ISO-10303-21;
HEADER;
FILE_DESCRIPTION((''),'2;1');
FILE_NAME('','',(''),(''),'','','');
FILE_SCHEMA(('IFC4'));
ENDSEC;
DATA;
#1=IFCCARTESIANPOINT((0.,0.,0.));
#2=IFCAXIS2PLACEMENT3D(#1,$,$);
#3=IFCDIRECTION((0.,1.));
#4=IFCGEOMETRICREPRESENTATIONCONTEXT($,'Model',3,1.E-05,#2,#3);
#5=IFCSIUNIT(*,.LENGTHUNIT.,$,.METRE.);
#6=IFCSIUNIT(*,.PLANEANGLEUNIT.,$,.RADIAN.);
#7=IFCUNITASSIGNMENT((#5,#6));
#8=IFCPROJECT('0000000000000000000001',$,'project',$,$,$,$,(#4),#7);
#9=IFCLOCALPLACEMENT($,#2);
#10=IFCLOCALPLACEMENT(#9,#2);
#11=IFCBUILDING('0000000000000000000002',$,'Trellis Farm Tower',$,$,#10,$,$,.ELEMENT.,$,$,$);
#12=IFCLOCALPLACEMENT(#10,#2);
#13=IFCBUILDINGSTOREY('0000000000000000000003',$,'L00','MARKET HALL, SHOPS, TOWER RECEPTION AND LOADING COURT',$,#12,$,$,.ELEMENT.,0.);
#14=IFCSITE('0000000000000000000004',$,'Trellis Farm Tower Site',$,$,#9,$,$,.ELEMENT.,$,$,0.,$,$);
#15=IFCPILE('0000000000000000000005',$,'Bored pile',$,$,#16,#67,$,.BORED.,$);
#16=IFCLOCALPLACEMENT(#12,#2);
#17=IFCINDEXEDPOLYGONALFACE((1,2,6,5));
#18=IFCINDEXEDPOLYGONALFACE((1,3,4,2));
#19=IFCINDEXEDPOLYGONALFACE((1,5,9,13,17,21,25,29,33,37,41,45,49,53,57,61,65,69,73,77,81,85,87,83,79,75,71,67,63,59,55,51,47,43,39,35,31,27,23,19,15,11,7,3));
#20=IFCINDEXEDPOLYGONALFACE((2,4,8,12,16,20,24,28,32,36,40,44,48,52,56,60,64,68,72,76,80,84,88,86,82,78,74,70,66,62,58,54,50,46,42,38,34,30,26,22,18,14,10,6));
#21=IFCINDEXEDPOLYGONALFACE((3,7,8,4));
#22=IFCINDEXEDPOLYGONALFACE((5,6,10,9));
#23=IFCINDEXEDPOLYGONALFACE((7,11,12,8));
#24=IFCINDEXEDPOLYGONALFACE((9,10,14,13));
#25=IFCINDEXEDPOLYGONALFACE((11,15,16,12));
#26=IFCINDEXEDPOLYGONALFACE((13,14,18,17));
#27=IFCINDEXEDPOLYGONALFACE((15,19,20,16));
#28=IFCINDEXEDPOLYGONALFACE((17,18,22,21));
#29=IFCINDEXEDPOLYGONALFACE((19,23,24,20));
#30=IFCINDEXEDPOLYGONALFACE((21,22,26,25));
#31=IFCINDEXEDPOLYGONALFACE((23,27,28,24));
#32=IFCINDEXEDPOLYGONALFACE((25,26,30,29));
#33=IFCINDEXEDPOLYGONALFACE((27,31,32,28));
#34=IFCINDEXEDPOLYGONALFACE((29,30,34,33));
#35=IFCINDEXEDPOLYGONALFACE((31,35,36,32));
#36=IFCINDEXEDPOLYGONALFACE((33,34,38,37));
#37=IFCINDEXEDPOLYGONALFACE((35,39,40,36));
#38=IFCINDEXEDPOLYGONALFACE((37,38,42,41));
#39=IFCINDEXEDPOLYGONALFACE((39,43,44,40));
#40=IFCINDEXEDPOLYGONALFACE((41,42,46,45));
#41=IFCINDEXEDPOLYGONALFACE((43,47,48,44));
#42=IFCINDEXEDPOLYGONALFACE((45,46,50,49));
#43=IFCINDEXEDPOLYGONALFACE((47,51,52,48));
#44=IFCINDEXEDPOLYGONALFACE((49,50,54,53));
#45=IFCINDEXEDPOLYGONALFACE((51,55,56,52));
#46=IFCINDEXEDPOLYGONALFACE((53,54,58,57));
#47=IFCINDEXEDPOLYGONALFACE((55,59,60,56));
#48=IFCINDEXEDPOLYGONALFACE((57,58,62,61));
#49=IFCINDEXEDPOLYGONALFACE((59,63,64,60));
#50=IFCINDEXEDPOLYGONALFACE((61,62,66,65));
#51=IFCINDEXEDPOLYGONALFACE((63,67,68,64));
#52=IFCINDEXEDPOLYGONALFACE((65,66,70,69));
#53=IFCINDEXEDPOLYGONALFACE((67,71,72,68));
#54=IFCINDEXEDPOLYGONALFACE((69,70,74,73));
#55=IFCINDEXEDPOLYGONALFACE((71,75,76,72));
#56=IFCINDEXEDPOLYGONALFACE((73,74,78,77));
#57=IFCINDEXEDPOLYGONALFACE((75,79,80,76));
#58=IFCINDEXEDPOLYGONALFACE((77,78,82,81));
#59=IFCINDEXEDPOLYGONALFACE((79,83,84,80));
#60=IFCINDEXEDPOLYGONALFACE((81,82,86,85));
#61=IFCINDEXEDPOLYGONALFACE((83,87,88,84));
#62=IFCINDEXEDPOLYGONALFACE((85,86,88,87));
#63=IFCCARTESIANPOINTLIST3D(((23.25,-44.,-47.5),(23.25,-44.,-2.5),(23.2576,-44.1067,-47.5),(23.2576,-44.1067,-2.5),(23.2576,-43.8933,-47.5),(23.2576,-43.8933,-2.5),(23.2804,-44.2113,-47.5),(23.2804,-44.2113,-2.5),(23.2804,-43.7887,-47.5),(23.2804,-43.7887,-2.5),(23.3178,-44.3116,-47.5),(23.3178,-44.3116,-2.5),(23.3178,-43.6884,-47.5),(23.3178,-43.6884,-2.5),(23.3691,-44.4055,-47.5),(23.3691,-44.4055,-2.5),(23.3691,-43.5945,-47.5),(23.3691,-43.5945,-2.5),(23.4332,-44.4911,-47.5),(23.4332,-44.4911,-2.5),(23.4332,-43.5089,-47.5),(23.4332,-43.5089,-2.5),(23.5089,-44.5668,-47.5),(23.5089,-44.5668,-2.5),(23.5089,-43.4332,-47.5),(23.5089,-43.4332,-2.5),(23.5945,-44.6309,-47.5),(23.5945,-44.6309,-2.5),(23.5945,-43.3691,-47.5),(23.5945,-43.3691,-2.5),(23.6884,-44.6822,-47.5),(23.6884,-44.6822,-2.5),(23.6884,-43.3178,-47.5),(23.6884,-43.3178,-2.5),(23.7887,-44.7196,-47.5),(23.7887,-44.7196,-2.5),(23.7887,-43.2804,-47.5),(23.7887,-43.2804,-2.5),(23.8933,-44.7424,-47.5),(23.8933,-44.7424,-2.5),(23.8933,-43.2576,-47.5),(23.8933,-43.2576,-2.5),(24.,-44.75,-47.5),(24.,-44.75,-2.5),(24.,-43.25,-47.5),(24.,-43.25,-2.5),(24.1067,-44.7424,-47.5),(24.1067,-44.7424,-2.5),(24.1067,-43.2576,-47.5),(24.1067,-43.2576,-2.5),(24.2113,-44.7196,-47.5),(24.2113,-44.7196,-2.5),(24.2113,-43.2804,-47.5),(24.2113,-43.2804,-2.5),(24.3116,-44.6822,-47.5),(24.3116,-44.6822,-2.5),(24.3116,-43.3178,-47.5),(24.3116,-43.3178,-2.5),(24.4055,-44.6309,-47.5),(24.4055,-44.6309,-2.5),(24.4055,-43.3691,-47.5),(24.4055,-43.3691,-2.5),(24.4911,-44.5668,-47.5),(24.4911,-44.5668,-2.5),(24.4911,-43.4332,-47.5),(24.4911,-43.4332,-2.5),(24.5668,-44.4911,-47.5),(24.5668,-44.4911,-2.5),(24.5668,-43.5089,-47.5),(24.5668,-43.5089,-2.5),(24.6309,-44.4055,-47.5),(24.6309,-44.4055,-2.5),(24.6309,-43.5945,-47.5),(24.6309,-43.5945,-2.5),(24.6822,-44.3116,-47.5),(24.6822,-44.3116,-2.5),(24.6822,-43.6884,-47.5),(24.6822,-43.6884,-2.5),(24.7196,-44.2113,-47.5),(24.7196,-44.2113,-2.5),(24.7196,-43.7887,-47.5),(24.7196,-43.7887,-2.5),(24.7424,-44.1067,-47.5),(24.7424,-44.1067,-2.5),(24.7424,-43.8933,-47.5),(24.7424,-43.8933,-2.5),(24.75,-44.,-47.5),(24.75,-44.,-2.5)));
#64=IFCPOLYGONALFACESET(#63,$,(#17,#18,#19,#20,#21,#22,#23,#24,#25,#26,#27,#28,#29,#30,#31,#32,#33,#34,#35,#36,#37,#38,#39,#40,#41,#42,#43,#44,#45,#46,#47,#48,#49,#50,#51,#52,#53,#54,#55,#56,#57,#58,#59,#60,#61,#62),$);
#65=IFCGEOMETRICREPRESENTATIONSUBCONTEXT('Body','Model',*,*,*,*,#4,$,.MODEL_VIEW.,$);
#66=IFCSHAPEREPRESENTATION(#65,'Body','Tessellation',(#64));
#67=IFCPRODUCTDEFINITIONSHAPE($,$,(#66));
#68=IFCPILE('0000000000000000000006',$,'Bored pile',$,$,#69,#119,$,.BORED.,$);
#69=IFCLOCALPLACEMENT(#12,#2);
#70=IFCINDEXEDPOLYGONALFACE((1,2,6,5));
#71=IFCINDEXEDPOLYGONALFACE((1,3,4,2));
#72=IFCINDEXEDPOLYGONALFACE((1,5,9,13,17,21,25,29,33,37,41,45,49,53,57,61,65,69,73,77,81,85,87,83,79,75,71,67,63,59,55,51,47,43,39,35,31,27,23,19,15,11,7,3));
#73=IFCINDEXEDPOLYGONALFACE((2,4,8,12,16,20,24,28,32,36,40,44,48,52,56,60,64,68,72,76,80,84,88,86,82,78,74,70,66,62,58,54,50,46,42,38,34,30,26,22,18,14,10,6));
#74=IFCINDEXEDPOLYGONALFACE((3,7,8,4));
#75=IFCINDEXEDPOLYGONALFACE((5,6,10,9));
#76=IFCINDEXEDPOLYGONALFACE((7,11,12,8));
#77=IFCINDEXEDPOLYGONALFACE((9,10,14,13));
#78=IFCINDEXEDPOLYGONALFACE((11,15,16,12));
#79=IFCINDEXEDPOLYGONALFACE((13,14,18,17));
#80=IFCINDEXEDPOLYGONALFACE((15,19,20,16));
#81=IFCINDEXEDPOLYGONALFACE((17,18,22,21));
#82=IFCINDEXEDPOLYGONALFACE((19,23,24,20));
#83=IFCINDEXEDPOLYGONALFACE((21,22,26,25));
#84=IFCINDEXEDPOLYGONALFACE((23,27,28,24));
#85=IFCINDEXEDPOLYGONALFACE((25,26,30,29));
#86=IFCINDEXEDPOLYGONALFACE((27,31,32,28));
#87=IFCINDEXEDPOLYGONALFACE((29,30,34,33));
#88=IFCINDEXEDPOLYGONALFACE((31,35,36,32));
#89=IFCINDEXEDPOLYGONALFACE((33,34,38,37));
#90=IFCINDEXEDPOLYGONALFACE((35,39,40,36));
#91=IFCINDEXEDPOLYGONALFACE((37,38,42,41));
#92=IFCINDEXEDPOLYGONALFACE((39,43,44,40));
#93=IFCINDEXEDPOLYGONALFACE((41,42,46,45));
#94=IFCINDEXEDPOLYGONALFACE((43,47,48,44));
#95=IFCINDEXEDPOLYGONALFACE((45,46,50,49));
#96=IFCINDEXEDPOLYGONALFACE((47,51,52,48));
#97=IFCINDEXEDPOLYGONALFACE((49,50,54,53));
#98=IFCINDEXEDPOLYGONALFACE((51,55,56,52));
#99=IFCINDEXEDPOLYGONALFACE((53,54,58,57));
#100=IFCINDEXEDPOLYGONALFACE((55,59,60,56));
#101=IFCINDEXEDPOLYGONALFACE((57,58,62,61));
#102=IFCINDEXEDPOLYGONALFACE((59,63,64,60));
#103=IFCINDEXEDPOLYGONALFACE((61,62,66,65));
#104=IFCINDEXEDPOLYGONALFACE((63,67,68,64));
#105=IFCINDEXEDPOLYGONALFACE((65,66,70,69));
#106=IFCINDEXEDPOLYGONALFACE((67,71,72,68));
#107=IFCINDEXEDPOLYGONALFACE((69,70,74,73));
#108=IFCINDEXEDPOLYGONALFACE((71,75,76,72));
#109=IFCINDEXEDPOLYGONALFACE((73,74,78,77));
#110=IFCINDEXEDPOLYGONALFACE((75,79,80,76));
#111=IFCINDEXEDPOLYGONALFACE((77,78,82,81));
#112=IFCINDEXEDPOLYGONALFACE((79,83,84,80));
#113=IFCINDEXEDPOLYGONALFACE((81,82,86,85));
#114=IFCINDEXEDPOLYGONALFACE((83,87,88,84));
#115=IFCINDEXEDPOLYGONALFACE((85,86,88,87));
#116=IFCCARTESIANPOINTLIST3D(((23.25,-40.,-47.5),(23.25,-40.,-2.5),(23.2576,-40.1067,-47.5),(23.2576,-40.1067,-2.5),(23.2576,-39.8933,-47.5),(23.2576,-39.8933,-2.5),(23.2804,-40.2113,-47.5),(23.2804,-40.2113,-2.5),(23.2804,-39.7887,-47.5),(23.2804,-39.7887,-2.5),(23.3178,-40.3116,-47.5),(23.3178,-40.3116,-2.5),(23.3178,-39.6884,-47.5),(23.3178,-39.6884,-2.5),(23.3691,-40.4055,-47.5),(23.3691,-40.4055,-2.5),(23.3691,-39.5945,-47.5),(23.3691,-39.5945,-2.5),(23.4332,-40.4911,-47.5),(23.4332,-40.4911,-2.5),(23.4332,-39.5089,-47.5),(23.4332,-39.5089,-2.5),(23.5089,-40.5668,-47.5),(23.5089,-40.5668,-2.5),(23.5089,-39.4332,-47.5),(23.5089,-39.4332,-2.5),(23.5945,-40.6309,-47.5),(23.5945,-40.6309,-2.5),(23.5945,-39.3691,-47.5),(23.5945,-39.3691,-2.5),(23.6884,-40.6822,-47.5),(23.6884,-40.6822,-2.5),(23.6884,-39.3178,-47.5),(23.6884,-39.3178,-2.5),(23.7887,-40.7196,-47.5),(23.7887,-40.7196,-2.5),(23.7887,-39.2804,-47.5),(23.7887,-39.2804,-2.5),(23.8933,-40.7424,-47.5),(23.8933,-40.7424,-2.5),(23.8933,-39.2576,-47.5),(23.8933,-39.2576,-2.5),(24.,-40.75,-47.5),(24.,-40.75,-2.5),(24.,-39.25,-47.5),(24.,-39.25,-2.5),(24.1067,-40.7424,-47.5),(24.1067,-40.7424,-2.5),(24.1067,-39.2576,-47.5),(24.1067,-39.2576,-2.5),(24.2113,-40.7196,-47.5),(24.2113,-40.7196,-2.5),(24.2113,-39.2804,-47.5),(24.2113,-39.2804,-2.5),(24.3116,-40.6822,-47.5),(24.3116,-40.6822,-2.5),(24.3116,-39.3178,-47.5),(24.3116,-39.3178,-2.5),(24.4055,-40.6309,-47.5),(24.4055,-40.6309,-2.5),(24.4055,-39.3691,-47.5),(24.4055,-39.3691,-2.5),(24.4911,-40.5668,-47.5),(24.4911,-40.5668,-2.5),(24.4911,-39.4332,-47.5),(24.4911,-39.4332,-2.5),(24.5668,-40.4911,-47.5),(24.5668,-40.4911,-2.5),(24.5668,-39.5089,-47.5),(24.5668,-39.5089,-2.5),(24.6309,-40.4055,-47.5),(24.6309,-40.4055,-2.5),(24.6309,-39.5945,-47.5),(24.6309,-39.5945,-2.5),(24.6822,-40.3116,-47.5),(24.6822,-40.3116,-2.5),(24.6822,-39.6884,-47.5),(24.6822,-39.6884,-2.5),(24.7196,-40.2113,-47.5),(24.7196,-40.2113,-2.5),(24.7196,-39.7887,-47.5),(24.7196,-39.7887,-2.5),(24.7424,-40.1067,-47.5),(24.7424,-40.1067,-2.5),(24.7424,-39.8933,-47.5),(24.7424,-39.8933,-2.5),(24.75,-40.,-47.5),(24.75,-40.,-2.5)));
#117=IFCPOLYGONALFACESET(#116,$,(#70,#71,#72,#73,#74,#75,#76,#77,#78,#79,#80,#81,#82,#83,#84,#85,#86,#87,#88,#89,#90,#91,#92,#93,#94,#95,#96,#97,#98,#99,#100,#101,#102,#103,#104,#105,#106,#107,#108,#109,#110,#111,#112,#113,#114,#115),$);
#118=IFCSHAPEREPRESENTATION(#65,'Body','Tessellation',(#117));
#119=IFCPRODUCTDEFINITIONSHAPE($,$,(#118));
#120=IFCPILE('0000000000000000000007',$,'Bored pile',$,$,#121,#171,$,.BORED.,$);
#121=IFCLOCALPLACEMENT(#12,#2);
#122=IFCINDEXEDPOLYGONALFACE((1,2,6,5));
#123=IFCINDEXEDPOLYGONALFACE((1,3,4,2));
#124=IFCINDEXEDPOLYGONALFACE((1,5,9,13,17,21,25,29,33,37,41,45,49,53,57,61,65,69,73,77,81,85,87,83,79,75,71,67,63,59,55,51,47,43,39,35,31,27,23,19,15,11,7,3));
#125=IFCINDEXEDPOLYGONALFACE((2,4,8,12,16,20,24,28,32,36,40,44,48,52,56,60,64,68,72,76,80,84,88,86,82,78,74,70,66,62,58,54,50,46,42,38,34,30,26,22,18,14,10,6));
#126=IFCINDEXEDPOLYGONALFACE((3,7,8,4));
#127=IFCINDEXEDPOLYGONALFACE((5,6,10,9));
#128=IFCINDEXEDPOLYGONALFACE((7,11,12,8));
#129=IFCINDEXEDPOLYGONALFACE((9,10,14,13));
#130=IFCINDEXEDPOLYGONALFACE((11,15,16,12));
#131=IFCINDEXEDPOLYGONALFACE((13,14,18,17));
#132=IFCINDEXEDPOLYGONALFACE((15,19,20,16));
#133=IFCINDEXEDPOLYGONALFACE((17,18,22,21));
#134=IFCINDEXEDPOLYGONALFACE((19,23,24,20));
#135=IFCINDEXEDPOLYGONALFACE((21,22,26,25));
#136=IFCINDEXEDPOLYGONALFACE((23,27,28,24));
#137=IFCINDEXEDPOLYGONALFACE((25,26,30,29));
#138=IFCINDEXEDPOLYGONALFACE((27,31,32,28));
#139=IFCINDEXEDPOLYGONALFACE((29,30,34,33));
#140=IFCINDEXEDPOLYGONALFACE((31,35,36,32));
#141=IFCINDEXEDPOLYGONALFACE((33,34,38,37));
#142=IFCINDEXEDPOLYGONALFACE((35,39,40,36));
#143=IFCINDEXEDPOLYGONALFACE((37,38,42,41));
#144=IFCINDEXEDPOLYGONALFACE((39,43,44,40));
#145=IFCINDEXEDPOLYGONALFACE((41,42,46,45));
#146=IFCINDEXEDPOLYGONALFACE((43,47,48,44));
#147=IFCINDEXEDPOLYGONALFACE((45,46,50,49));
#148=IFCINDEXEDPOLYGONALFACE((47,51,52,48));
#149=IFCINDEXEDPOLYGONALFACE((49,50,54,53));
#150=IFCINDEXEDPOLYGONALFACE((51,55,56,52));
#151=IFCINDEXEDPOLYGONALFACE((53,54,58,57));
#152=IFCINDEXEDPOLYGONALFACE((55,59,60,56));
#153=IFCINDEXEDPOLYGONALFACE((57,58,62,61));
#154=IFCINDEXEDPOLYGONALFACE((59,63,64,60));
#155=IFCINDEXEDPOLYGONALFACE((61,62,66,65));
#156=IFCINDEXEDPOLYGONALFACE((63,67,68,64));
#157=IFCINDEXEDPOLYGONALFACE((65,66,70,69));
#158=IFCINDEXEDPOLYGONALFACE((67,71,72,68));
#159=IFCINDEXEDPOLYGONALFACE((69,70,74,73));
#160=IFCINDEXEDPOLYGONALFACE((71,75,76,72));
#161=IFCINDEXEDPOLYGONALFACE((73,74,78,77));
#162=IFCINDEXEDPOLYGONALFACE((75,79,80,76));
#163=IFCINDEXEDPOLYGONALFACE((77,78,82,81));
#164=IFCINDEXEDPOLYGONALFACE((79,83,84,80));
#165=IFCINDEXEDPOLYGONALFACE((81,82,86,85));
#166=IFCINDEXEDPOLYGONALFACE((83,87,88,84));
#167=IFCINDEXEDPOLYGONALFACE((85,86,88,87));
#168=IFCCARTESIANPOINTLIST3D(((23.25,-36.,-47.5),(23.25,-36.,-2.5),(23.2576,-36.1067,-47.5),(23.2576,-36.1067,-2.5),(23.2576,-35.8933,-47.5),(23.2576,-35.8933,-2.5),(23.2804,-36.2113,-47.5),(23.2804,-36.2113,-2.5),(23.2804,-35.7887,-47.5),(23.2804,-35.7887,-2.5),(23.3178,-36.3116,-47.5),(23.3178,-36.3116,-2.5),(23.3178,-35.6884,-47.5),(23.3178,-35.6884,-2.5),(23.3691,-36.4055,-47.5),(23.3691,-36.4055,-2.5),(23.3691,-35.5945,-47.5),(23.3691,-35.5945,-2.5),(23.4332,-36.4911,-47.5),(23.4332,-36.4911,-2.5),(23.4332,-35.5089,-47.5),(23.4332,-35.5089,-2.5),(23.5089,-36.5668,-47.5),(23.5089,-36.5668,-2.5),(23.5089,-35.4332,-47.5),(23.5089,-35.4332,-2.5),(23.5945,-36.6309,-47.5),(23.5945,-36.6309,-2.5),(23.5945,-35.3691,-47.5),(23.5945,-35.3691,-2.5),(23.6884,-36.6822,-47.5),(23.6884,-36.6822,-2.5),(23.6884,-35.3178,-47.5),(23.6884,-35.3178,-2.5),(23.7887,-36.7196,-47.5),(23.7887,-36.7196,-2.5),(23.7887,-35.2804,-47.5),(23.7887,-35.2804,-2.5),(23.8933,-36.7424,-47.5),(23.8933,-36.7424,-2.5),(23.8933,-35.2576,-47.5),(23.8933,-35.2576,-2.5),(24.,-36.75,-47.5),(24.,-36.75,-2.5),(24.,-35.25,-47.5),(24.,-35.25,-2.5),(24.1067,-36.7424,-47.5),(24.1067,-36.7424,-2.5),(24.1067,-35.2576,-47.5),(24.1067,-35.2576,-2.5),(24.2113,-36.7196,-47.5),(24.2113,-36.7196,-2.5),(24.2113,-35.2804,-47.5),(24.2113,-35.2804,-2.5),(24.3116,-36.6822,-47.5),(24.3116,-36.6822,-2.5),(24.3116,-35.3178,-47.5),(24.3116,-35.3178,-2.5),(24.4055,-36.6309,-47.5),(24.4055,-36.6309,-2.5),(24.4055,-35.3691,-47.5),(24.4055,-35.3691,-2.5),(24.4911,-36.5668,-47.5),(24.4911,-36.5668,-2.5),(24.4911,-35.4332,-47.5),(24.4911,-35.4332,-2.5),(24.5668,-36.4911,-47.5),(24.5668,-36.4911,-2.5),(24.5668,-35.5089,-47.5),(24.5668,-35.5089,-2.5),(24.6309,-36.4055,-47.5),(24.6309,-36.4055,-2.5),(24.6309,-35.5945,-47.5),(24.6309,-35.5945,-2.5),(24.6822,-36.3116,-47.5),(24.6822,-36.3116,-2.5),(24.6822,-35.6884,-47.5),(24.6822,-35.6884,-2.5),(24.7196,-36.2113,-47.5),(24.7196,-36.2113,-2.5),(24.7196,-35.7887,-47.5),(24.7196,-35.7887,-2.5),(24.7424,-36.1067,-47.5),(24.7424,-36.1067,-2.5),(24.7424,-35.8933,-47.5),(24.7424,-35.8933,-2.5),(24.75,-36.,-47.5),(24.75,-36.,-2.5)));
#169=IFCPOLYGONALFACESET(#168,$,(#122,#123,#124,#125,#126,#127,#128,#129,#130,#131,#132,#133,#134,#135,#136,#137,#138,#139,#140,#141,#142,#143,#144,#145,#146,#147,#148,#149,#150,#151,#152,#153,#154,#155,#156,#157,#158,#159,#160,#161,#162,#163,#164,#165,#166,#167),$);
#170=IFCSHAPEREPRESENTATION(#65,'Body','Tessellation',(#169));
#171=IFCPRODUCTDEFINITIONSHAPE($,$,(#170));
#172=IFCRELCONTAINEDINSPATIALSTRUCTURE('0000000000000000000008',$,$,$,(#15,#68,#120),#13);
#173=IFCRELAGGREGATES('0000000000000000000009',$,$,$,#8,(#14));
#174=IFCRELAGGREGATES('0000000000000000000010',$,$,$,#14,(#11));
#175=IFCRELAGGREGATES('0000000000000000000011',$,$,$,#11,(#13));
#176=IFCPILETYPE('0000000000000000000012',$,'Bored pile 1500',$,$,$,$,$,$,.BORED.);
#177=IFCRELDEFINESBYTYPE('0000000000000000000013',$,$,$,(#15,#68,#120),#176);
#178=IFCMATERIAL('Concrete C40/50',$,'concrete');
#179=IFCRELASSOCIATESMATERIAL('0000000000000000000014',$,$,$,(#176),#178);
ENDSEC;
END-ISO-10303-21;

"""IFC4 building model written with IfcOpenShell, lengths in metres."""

from ifc_helpers import new_model, si_unit, direction, frame, origin, origin_2d, place, context, subcontext, project, spatial, circle, extrude, source, transform, mapped, material, material_profile, profile_set, type_object, element, save


model = new_model("IFC4")

# Units and contexts
model_context = context("Model", 3, precision=1e-05, world=origin(), true_north=direction((0.0, 1.0)))
body_context = subcontext(model_context, "Body", "Model", "MODEL_VIEW")
ifc_project = project(units=[si_unit("LENGTHUNIT", "METRE"), si_unit("PLANEANGLEUNIT", "RADIAN")], contexts=[model_context])

# Site, building, storey
site_placement = place(None, origin())
site = spatial("IfcSite", under=ifc_project, at=site_placement, Name="Trellis Farm Tower Site", CompositionType="ELEMENT", RefElevation=0.0)
building_placement = place(site_placement, origin())
building = spatial("IfcBuilding", under=site, at=building_placement, Name="Trellis Farm Tower", CompositionType="ELEMENT")
storey_placement = place(building_placement, origin())
storey = spatial("IfcBuildingStorey", under=building, at=storey_placement, Name="L00", Description="MARKET HALL, SHOPS, TOWER RECEPTION AND LOADING COURT", CompositionType="ELEMENT", Elevation=0.0)

# Piles
ifc_material_1 = material(Name="Concrete C40/50", Category="concrete")
ifc_material_profile_1 = material_profile(ifc_material_1, circle(Radius=0.75, at=origin_2d()), Name="Bored pile 1500")
ifc_profile_set_1 = profile_set([ifc_material_profile_1], Name="Concrete C40/50")
pile_type = type_object("IfcPileType", Name="Bored pile 1500", PredefinedType="BORED", material=ifc_profile_set_1)
shared_shape_1 = source(origin(), body_context, "Body", "SweptSolid", [
    extrude(circle(Radius=0.75, at=origin_2d()), origin(), (0.0, 0.0, 1.0), 45.0),
])
for number, where, z_axis, x_axis, name in (
    (1, (24.0, -44.0, -2.5), (0.0, 0.0, -1.0), (1.0, 0.0, 0.0), "Bored pile"),
    (2, (24.0, -40.0, -2.5), (0.0, 0.0, -1.0), (1.0, 0.0, 0.0), "Bored pile"),
    (3, (24.0, -36.0, -2.5), (0.0, 0.0, -1.0), (1.0, 0.0, 0.0), "Bored pile"),
):
    element("IfcPile", number, at=place(storey_placement, frame(where, z_axis=z_axis, x_axis=x_axis)), inside=storey, type_object=pile_type, Name=name, PredefinedType="BORED", context=body_context, shape_type="MappedRepresentation", body=[
        mapped(shared_shape_1, transform((0.0, 0.0, 0.0))),
    ])

save(model, "model.ifc")
